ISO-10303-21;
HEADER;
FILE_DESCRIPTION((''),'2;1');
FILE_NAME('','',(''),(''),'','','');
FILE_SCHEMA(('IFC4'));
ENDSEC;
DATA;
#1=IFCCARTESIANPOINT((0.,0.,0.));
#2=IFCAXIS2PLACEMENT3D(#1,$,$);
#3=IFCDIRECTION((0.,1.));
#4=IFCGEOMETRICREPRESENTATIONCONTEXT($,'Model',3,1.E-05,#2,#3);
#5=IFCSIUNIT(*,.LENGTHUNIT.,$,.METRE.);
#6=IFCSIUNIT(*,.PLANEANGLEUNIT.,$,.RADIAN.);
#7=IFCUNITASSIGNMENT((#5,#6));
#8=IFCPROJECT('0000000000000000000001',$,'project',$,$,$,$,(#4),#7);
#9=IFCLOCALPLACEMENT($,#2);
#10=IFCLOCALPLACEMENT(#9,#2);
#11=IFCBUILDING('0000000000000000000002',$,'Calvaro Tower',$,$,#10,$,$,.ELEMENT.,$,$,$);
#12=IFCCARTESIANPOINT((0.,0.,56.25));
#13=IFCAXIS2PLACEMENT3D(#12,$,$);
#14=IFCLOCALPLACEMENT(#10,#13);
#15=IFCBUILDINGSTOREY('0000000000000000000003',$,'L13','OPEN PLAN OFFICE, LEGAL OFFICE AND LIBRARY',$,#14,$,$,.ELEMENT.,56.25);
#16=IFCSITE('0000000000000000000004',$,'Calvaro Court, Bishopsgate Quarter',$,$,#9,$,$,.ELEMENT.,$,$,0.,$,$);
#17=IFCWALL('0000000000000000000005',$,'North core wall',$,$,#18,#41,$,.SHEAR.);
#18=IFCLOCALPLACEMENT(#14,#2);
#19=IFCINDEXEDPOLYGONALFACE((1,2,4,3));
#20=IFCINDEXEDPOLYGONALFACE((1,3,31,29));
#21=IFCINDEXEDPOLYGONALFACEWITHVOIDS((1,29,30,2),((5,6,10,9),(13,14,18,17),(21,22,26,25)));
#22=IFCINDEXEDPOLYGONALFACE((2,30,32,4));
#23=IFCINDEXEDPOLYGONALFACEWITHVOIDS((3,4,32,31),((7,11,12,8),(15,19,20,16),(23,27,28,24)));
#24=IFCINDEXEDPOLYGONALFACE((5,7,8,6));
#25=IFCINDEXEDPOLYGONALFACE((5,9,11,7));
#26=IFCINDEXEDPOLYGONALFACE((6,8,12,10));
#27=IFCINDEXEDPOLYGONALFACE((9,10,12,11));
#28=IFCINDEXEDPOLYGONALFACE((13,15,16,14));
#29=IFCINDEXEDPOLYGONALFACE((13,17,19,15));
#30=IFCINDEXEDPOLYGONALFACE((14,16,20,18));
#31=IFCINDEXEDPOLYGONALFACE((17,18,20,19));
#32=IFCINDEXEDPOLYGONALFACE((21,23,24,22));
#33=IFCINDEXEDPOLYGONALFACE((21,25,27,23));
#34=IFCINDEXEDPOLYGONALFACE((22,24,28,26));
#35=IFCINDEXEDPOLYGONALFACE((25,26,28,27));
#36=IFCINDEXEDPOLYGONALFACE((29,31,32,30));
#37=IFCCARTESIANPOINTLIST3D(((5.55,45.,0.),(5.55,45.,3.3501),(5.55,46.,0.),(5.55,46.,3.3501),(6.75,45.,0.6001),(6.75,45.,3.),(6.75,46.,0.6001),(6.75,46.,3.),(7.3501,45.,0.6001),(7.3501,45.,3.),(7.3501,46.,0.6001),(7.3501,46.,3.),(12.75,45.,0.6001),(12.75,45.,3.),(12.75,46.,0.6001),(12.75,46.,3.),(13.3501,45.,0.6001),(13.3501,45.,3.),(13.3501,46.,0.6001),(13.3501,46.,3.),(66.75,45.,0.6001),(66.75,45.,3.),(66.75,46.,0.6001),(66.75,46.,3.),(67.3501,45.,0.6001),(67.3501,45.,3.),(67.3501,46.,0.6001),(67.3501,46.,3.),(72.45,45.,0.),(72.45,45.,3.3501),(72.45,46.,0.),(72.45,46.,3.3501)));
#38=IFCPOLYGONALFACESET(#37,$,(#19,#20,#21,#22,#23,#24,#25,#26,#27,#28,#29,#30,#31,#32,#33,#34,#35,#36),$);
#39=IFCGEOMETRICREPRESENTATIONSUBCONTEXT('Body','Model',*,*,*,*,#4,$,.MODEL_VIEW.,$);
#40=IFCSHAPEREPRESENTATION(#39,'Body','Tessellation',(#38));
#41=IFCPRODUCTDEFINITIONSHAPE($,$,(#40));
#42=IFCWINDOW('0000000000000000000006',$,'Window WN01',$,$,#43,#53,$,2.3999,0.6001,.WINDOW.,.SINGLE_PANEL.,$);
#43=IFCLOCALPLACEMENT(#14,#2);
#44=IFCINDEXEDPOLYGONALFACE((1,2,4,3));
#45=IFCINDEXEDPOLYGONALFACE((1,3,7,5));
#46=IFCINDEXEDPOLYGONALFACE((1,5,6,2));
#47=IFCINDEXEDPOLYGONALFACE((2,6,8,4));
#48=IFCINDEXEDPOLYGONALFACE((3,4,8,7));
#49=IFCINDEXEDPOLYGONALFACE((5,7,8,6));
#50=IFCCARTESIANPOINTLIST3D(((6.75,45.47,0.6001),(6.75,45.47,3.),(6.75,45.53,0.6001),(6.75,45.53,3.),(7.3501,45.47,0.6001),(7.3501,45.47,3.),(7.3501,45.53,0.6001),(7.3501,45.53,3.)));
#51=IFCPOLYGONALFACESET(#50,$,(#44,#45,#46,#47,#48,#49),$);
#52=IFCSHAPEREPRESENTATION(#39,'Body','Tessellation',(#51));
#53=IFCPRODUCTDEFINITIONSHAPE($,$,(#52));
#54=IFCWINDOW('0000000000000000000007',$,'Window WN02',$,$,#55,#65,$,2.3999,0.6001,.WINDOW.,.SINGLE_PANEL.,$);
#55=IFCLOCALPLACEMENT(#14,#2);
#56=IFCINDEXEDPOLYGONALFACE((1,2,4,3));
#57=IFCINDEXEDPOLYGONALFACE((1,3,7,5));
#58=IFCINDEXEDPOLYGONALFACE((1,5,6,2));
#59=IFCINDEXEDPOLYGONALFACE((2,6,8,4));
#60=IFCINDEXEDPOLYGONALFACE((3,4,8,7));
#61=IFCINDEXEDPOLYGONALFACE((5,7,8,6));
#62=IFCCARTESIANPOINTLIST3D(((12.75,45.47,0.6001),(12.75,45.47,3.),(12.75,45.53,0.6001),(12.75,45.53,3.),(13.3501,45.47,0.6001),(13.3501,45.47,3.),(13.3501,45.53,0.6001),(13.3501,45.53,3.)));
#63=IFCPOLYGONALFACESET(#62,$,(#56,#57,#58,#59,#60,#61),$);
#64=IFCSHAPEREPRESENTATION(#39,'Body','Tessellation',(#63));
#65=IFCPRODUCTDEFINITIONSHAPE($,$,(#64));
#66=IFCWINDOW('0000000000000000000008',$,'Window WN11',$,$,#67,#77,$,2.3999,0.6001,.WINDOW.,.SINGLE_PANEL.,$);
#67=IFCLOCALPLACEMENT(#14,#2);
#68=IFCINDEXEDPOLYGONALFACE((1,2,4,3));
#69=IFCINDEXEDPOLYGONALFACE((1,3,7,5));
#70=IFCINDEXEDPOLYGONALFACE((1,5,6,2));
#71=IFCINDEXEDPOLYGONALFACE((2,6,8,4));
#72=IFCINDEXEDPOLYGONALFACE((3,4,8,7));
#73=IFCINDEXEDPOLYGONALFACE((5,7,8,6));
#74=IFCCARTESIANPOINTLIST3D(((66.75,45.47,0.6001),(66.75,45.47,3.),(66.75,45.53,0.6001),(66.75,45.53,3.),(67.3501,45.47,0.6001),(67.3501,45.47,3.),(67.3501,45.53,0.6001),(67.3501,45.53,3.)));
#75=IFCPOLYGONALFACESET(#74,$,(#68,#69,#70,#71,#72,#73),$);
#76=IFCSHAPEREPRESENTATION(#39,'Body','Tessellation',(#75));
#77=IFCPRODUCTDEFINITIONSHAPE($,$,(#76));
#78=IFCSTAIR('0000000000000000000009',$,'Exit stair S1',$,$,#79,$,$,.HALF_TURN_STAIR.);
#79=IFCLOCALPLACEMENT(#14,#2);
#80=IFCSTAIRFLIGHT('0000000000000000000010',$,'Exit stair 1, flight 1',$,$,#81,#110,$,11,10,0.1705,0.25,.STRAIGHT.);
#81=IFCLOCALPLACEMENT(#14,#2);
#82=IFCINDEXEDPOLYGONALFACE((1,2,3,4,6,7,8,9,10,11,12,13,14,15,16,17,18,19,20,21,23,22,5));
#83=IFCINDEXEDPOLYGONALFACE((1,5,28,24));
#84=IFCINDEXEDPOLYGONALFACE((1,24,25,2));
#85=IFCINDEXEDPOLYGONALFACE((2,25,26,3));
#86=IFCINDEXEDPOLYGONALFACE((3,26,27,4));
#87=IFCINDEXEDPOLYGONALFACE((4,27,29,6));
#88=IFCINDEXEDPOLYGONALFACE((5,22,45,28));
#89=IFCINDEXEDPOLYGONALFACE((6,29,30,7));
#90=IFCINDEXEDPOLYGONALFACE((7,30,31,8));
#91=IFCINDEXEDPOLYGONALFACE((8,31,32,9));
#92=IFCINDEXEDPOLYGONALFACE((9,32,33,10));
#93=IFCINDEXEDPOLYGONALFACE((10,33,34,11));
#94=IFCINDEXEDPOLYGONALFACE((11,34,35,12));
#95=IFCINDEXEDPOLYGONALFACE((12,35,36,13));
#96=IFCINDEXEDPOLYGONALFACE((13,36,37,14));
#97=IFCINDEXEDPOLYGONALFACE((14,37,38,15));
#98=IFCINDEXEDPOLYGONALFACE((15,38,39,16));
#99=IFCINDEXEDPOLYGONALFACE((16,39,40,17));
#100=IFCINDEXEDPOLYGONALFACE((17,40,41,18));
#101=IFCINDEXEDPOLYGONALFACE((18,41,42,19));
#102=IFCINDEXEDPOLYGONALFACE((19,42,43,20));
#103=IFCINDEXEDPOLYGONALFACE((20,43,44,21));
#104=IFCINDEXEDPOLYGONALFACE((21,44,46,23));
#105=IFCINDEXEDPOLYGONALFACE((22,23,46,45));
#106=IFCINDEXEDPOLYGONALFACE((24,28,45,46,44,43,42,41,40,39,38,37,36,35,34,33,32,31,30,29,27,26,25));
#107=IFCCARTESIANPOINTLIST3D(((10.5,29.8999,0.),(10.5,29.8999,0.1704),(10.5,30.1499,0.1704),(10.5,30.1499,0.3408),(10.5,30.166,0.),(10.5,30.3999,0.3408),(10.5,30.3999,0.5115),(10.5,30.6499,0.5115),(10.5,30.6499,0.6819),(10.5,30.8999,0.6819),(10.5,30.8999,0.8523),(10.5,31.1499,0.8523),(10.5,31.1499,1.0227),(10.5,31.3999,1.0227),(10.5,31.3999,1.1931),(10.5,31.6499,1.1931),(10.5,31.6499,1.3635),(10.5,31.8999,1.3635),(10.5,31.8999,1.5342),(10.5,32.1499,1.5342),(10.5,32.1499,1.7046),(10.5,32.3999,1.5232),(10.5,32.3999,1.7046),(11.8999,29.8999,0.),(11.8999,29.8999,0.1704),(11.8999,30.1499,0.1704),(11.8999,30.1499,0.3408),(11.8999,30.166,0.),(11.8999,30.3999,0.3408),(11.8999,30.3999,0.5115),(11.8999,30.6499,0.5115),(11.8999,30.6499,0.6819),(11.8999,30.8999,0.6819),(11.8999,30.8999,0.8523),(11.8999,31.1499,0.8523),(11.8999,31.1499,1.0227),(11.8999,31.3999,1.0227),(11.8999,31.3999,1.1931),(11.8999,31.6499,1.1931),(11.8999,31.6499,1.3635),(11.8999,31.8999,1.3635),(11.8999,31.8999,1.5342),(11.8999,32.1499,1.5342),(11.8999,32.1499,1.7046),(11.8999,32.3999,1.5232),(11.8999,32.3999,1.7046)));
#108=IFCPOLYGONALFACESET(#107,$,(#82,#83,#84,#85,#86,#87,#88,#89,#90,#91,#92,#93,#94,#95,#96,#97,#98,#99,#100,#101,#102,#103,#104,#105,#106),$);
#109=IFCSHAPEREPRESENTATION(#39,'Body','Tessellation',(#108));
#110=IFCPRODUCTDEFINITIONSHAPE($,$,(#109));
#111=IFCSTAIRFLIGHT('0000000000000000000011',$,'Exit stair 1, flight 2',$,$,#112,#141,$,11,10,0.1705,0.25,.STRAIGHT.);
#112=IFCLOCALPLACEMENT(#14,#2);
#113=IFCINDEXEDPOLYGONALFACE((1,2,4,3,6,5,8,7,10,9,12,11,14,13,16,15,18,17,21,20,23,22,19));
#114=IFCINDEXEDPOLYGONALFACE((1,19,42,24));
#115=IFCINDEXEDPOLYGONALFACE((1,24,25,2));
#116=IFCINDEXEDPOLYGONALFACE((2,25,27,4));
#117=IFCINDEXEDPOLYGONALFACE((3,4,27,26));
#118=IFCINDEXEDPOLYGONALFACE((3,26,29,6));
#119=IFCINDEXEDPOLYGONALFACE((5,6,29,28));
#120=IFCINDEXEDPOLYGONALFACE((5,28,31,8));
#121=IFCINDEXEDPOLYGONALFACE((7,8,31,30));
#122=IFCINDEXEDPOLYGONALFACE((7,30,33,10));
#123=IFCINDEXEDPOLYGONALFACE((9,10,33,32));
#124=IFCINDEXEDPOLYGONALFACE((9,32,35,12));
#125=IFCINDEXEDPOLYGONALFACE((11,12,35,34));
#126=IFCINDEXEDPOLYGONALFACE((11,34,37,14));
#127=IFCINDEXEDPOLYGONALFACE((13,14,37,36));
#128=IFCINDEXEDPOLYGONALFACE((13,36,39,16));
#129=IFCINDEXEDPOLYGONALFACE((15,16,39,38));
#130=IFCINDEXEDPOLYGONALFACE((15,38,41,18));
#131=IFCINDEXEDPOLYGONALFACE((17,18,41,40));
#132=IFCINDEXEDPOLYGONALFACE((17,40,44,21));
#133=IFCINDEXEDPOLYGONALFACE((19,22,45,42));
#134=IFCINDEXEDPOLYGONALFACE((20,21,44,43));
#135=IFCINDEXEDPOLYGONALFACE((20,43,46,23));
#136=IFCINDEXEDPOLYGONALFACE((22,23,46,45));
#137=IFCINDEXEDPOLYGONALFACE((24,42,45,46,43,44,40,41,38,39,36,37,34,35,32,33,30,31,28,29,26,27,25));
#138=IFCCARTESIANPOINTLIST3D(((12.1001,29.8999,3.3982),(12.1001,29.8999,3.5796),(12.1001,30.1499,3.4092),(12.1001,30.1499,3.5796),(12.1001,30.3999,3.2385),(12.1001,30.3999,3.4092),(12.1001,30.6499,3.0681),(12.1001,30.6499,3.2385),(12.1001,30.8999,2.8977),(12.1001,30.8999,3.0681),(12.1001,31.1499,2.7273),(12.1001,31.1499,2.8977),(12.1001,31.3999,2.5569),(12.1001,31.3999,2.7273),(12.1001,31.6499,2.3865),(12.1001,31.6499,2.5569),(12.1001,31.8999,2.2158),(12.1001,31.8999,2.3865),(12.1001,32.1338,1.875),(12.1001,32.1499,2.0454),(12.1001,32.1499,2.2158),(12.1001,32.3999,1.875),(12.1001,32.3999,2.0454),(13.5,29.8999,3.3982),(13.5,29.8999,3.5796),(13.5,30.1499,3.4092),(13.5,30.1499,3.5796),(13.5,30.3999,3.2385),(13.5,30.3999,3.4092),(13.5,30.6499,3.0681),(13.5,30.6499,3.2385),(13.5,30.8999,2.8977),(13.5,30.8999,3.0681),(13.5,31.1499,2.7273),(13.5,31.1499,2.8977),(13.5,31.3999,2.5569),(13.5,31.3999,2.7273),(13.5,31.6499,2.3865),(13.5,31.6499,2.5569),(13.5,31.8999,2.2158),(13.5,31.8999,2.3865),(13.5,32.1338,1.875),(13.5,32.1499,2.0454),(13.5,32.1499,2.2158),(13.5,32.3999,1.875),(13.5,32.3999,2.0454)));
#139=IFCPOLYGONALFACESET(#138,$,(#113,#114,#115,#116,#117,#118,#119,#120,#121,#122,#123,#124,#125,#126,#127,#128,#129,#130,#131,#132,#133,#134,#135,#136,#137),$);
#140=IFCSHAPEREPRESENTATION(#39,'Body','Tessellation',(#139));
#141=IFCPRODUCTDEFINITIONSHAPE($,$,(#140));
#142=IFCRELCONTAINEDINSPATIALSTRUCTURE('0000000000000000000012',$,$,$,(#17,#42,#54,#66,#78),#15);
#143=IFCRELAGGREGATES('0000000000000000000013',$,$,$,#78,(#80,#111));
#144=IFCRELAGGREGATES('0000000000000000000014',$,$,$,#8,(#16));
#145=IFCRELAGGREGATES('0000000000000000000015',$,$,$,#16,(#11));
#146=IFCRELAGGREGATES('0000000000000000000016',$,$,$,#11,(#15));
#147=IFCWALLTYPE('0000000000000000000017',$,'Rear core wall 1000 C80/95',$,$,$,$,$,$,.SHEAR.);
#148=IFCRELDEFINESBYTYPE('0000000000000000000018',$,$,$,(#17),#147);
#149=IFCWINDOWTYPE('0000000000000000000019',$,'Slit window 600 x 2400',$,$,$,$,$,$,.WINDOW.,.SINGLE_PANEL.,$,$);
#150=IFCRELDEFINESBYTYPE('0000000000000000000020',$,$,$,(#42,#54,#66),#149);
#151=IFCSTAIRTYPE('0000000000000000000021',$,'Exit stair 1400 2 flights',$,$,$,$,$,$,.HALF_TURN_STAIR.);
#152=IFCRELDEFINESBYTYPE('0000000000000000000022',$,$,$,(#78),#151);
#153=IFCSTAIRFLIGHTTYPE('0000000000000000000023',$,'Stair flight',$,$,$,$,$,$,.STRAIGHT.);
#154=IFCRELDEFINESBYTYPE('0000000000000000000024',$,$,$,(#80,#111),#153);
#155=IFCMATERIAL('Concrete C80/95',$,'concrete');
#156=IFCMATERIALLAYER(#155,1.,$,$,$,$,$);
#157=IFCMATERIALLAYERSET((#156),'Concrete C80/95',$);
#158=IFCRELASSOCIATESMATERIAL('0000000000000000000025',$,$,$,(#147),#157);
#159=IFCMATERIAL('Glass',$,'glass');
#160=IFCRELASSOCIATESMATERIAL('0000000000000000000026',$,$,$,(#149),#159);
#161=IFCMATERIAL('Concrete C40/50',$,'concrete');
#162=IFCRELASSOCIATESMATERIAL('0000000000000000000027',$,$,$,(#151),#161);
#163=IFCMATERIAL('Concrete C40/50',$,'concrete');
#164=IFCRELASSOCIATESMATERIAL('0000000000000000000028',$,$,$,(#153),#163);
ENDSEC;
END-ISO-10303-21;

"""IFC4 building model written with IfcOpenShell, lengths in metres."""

from ifc_helpers import new_model, si_unit, direction, frame, frame_2d, origin, place, context, subcontext, project, spatial, polyline, rectangle, outline, extrude, material, layer, layer_set, type_object, element, fill, aggregate, save


model = new_model("IFC4")

# Units and contexts
model_context = context("Model", 3, precision=1e-05, world=origin(), true_north=direction((0.0, 1.0)))
body_context = subcontext(model_context, "Body", "Model", "MODEL_VIEW")
ifc_project = project(units=[si_unit("LENGTHUNIT", "METRE"), si_unit("PLANEANGLEUNIT", "RADIAN")], contexts=[model_context])

# Site, building, storey
site_placement = place(None, origin())
site = spatial("IfcSite", under=ifc_project, at=site_placement, Name="Calvaro Court, Bishopsgate Quarter", CompositionType="ELEMENT", RefElevation=0.0)
building_placement = place(site_placement, origin())
building = spatial("IfcBuilding", under=site, at=building_placement, Name="Calvaro Tower", CompositionType="ELEMENT")
storey_placement = place(building_placement, frame((0.0, 0.0, 56.25)))
storey = spatial("IfcBuildingStorey", under=building, at=storey_placement, Name="L13", Description="OPEN PLAN OFFICE, LEGAL OFFICE AND LIBRARY", CompositionType="ELEMENT", Elevation=56.25)

# Wall, openings, windows
ifc_material_1 = material(Name="Concrete C80/95", Category="concrete")
ifc_layer_1 = layer(ifc_material_1, 1.0)
ifc_layer_set_1 = layer_set([ifc_layer_1], Name="Concrete C80/95")
wall_type_1 = type_object("IfcWallType", Name="Rear core wall 1000 C80/95", PredefinedType="SHEAR", material=ifc_layer_set_1)
wall_1_placement = place(storey_placement, frame((5.55, 45.5, 0.0), z_axis=(0.0, 0.0, 1.0), x_axis=(1.0, 0.0, 0.0)))
wall_1 = element("IfcWall", 1, at=wall_1_placement, inside=storey, type_object=wall_type_1, Name="North core wall", PredefinedType="SHEAR", context=body_context, shape_type="SweptSolid", body=[
    extrude(rectangle(XDim=66.8999, YDim=1.0, at=frame_2d((33.45, 0.0))), origin(), (0.0, 0.0, 1.0), 3.3501),
])
opening_1_placement = place(wall_1_placement, frame((1.2, 0.0, 0.6001)))
opening_1 = element("IfcOpeningElement", 2, at=opening_1_placement, cuts=wall_1, PredefinedType="OPENING", context=body_context, shape_type="SweptSolid", body=[
    extrude(rectangle(XDim=0.6001, YDim=2.3999, at=frame_2d((0.3, 1.2))), frame((0.0, 0.51, 0.0), z_axis=(0.0, -1.0, 0.0), x_axis=(1.0, 0.0, 0.0)), (0.0, 0.0, 1.0), 1.02),
])
opening_2_placement = place(wall_1_placement, frame((7.2, 0.0, 0.6001)))
opening_2 = element("IfcOpeningElement", 3, at=opening_2_placement, cuts=wall_1, PredefinedType="OPENING", context=body_context, shape_type="SweptSolid", body=[
    extrude(rectangle(XDim=0.6001, YDim=2.3999, at=frame_2d((0.3, 1.2))), frame((0.0, 0.51, 0.0), z_axis=(0.0, -1.0, 0.0), x_axis=(1.0, 0.0, 0.0)), (0.0, 0.0, 1.0), 1.02),
])
opening_3_placement = place(wall_1_placement, frame((61.2, 0.0, 0.6001)))
opening_3 = element("IfcOpeningElement", 4, at=opening_3_placement, cuts=wall_1, PredefinedType="OPENING", context=body_context, shape_type="SweptSolid", body=[
    extrude(rectangle(XDim=0.6001, YDim=2.3999, at=frame_2d((0.3, 1.2))), frame((0.0, 0.51, 0.0), z_axis=(0.0, -1.0, 0.0), x_axis=(1.0, 0.0, 0.0)), (0.0, 0.0, 1.0), 1.02),
])
ifc_material_2 = material(Name="Glass", Category="glass")
window_type = type_object("IfcWindowType", Name="Slit window 600 x 2400", PartitioningType="SINGLE_PANEL", PredefinedType="WINDOW", material=ifc_material_2)
window_1_placement = place(opening_1_placement, origin())
window_1 = element("IfcWindow", 5, at=window_1_placement, inside=storey, type_object=window_type, Name="Window WN01", OverallHeight=2.3999, OverallWidth=0.6001, PartitioningType="SINGLE_PANEL", PredefinedType="WINDOW", context=body_context, shape_type="SweptSolid", body=[
    extrude(rectangle(XDim=0.6001, YDim=2.3999, at=frame_2d((0.3, 1.2))), frame((0.0, 0.03, 0.0), z_axis=(0.0, -1.0, 0.0), x_axis=(1.0, 0.0, 0.0)), (0.0, 0.0, 1.0), 0.0601),
])
fill(opening_1, window_1)
window_2_placement = place(opening_2_placement, origin())
window_2 = element("IfcWindow", 6, at=window_2_placement, inside=storey, type_object=window_type, Name="Window WN02", OverallHeight=2.3999, OverallWidth=0.6001, PartitioningType="SINGLE_PANEL", PredefinedType="WINDOW", context=body_context, shape_type="SweptSolid", body=[
    extrude(rectangle(XDim=0.6001, YDim=2.3999, at=frame_2d((0.3, 1.2))), frame((0.0, 0.03, 0.0), z_axis=(0.0, -1.0, 0.0), x_axis=(1.0, 0.0, 0.0)), (0.0, 0.0, 1.0), 0.0601),
])
fill(opening_2, window_2)
window_3_placement = place(opening_3_placement, origin())
window_3 = element("IfcWindow", 7, at=window_3_placement, inside=storey, type_object=window_type, Name="Window WN11", OverallHeight=2.3999, OverallWidth=0.6001, PartitioningType="SINGLE_PANEL", PredefinedType="WINDOW", context=body_context, shape_type="SweptSolid", body=[
    extrude(rectangle(XDim=0.6001, YDim=2.3999, at=frame_2d((0.3, 1.2))), frame((0.0, 0.03, 0.0), z_axis=(0.0, -1.0, 0.0), x_axis=(1.0, 0.0, 0.0)), (0.0, 0.0, 1.0), 0.0601),
])
fill(opening_3, window_3)

# Stair, stair flights
ifc_material_3 = material(Name="Concrete C40/50", Category="concrete")
stair_type = type_object("IfcStairType", Name="Exit stair 1400 2 flights", PredefinedType="HALF_TURN_STAIR", material=ifc_material_3)
stair_placement = place(storey_placement, origin())
stair = element("IfcStair", 8, at=stair_placement, inside=storey, type_object=stair_type, Name="Exit stair S1", PredefinedType="HALF_TURN_STAIR")
ifc_material_4 = material(Name="Concrete C40/50", Category="concrete")
stair_flight_type = type_object("IfcStairFlightType", Name="Stair flight", PredefinedType="STRAIGHT", material=ifc_material_4)
stair_flight_1_placement = place(storey_placement, frame((11.2, 29.8999, 0.0), z_axis=(0.0, 0.0, 1.0), x_axis=(0.0, 1.0, 0.0)))
stair_flight_1 = element("IfcStairFlight", 9, at=stair_flight_1_placement, type_object=stair_flight_type, Name="Exit stair 1, flight 1", NumberOfRisers=11, NumberOfTreads=10, PredefinedType="STRAIGHT", RiserHeight=0.1705, TreadLength=0.25, context=body_context, shape_type="SweptSolid", body=[
    extrude(outline(polyline([(0.0, 0.0), (0.0, 0.1704), (0.25, 0.1704), (0.25, 0.3408), (0.5, 0.3408), (0.5, 0.5115), (0.75, 0.5115), (0.75, 0.6819), (1.0, 0.6819), (1.0, 0.8523), (1.25, 0.8523), (1.25, 1.0227), (1.5, 1.0227), (1.5, 1.1931), (1.75, 1.1931), (1.75, 1.3635), (2.0, 1.3635), (2.0, 1.5342), (2.25, 1.5342), (2.25, 1.7046), (2.5, 1.7046), (2.5, 1.875), (2.5, 1.5232), (0.2661, 0.0), (0.0, 0.0)])), frame((0.0, 0.7, 0.0), z_axis=(0.0, -1.0, 0.0), x_axis=(1.0, 0.0, 0.0)), (0.0, 0.0, 1.0), 1.3999),
])
stair_flight_2_placement = place(storey_placement, frame((12.8, 32.3999, 1.875), z_axis=(0.0, 0.0, 1.0), x_axis=(0.0, -1.0, 0.0)))
stair_flight_2 = element("IfcStairFlight", 10, at=stair_flight_2_placement, type_object=stair_flight_type, Name="Exit stair 1, flight 2", NumberOfRisers=11, NumberOfTreads=10, PredefinedType="STRAIGHT", RiserHeight=0.1705, TreadLength=0.25, context=body_context, shape_type="SweptSolid", body=[
    extrude(outline(polyline([(0.0, 0.0), (0.0, 0.1704), (0.25, 0.1704), (0.25, 0.3408), (0.5, 0.3408), (0.5, 0.5115), (0.75, 0.5115), (0.75, 0.6819), (1.0, 0.6819), (1.0, 0.8523), (1.25, 0.8523), (1.25, 1.0227), (1.5, 1.0227), (1.5, 1.1931), (1.75, 1.1931), (1.75, 1.3635), (2.0, 1.3635), (2.0, 1.5342), (2.25, 1.5342), (2.25, 1.7046), (2.5, 1.7046), (2.5, 1.875), (2.5, 1.5232), (0.2661, 0.0), (0.0, 0.0)])), frame((0.0, 0.7, 0.0), z_axis=(0.0, -1.0, 0.0), x_axis=(1.0, 0.0, 0.0)), (0.0, 0.0, 1.0), 1.3999),
])
aggregate(stair, [stair_flight_1, stair_flight_2])

save(model, "model.ifc")
